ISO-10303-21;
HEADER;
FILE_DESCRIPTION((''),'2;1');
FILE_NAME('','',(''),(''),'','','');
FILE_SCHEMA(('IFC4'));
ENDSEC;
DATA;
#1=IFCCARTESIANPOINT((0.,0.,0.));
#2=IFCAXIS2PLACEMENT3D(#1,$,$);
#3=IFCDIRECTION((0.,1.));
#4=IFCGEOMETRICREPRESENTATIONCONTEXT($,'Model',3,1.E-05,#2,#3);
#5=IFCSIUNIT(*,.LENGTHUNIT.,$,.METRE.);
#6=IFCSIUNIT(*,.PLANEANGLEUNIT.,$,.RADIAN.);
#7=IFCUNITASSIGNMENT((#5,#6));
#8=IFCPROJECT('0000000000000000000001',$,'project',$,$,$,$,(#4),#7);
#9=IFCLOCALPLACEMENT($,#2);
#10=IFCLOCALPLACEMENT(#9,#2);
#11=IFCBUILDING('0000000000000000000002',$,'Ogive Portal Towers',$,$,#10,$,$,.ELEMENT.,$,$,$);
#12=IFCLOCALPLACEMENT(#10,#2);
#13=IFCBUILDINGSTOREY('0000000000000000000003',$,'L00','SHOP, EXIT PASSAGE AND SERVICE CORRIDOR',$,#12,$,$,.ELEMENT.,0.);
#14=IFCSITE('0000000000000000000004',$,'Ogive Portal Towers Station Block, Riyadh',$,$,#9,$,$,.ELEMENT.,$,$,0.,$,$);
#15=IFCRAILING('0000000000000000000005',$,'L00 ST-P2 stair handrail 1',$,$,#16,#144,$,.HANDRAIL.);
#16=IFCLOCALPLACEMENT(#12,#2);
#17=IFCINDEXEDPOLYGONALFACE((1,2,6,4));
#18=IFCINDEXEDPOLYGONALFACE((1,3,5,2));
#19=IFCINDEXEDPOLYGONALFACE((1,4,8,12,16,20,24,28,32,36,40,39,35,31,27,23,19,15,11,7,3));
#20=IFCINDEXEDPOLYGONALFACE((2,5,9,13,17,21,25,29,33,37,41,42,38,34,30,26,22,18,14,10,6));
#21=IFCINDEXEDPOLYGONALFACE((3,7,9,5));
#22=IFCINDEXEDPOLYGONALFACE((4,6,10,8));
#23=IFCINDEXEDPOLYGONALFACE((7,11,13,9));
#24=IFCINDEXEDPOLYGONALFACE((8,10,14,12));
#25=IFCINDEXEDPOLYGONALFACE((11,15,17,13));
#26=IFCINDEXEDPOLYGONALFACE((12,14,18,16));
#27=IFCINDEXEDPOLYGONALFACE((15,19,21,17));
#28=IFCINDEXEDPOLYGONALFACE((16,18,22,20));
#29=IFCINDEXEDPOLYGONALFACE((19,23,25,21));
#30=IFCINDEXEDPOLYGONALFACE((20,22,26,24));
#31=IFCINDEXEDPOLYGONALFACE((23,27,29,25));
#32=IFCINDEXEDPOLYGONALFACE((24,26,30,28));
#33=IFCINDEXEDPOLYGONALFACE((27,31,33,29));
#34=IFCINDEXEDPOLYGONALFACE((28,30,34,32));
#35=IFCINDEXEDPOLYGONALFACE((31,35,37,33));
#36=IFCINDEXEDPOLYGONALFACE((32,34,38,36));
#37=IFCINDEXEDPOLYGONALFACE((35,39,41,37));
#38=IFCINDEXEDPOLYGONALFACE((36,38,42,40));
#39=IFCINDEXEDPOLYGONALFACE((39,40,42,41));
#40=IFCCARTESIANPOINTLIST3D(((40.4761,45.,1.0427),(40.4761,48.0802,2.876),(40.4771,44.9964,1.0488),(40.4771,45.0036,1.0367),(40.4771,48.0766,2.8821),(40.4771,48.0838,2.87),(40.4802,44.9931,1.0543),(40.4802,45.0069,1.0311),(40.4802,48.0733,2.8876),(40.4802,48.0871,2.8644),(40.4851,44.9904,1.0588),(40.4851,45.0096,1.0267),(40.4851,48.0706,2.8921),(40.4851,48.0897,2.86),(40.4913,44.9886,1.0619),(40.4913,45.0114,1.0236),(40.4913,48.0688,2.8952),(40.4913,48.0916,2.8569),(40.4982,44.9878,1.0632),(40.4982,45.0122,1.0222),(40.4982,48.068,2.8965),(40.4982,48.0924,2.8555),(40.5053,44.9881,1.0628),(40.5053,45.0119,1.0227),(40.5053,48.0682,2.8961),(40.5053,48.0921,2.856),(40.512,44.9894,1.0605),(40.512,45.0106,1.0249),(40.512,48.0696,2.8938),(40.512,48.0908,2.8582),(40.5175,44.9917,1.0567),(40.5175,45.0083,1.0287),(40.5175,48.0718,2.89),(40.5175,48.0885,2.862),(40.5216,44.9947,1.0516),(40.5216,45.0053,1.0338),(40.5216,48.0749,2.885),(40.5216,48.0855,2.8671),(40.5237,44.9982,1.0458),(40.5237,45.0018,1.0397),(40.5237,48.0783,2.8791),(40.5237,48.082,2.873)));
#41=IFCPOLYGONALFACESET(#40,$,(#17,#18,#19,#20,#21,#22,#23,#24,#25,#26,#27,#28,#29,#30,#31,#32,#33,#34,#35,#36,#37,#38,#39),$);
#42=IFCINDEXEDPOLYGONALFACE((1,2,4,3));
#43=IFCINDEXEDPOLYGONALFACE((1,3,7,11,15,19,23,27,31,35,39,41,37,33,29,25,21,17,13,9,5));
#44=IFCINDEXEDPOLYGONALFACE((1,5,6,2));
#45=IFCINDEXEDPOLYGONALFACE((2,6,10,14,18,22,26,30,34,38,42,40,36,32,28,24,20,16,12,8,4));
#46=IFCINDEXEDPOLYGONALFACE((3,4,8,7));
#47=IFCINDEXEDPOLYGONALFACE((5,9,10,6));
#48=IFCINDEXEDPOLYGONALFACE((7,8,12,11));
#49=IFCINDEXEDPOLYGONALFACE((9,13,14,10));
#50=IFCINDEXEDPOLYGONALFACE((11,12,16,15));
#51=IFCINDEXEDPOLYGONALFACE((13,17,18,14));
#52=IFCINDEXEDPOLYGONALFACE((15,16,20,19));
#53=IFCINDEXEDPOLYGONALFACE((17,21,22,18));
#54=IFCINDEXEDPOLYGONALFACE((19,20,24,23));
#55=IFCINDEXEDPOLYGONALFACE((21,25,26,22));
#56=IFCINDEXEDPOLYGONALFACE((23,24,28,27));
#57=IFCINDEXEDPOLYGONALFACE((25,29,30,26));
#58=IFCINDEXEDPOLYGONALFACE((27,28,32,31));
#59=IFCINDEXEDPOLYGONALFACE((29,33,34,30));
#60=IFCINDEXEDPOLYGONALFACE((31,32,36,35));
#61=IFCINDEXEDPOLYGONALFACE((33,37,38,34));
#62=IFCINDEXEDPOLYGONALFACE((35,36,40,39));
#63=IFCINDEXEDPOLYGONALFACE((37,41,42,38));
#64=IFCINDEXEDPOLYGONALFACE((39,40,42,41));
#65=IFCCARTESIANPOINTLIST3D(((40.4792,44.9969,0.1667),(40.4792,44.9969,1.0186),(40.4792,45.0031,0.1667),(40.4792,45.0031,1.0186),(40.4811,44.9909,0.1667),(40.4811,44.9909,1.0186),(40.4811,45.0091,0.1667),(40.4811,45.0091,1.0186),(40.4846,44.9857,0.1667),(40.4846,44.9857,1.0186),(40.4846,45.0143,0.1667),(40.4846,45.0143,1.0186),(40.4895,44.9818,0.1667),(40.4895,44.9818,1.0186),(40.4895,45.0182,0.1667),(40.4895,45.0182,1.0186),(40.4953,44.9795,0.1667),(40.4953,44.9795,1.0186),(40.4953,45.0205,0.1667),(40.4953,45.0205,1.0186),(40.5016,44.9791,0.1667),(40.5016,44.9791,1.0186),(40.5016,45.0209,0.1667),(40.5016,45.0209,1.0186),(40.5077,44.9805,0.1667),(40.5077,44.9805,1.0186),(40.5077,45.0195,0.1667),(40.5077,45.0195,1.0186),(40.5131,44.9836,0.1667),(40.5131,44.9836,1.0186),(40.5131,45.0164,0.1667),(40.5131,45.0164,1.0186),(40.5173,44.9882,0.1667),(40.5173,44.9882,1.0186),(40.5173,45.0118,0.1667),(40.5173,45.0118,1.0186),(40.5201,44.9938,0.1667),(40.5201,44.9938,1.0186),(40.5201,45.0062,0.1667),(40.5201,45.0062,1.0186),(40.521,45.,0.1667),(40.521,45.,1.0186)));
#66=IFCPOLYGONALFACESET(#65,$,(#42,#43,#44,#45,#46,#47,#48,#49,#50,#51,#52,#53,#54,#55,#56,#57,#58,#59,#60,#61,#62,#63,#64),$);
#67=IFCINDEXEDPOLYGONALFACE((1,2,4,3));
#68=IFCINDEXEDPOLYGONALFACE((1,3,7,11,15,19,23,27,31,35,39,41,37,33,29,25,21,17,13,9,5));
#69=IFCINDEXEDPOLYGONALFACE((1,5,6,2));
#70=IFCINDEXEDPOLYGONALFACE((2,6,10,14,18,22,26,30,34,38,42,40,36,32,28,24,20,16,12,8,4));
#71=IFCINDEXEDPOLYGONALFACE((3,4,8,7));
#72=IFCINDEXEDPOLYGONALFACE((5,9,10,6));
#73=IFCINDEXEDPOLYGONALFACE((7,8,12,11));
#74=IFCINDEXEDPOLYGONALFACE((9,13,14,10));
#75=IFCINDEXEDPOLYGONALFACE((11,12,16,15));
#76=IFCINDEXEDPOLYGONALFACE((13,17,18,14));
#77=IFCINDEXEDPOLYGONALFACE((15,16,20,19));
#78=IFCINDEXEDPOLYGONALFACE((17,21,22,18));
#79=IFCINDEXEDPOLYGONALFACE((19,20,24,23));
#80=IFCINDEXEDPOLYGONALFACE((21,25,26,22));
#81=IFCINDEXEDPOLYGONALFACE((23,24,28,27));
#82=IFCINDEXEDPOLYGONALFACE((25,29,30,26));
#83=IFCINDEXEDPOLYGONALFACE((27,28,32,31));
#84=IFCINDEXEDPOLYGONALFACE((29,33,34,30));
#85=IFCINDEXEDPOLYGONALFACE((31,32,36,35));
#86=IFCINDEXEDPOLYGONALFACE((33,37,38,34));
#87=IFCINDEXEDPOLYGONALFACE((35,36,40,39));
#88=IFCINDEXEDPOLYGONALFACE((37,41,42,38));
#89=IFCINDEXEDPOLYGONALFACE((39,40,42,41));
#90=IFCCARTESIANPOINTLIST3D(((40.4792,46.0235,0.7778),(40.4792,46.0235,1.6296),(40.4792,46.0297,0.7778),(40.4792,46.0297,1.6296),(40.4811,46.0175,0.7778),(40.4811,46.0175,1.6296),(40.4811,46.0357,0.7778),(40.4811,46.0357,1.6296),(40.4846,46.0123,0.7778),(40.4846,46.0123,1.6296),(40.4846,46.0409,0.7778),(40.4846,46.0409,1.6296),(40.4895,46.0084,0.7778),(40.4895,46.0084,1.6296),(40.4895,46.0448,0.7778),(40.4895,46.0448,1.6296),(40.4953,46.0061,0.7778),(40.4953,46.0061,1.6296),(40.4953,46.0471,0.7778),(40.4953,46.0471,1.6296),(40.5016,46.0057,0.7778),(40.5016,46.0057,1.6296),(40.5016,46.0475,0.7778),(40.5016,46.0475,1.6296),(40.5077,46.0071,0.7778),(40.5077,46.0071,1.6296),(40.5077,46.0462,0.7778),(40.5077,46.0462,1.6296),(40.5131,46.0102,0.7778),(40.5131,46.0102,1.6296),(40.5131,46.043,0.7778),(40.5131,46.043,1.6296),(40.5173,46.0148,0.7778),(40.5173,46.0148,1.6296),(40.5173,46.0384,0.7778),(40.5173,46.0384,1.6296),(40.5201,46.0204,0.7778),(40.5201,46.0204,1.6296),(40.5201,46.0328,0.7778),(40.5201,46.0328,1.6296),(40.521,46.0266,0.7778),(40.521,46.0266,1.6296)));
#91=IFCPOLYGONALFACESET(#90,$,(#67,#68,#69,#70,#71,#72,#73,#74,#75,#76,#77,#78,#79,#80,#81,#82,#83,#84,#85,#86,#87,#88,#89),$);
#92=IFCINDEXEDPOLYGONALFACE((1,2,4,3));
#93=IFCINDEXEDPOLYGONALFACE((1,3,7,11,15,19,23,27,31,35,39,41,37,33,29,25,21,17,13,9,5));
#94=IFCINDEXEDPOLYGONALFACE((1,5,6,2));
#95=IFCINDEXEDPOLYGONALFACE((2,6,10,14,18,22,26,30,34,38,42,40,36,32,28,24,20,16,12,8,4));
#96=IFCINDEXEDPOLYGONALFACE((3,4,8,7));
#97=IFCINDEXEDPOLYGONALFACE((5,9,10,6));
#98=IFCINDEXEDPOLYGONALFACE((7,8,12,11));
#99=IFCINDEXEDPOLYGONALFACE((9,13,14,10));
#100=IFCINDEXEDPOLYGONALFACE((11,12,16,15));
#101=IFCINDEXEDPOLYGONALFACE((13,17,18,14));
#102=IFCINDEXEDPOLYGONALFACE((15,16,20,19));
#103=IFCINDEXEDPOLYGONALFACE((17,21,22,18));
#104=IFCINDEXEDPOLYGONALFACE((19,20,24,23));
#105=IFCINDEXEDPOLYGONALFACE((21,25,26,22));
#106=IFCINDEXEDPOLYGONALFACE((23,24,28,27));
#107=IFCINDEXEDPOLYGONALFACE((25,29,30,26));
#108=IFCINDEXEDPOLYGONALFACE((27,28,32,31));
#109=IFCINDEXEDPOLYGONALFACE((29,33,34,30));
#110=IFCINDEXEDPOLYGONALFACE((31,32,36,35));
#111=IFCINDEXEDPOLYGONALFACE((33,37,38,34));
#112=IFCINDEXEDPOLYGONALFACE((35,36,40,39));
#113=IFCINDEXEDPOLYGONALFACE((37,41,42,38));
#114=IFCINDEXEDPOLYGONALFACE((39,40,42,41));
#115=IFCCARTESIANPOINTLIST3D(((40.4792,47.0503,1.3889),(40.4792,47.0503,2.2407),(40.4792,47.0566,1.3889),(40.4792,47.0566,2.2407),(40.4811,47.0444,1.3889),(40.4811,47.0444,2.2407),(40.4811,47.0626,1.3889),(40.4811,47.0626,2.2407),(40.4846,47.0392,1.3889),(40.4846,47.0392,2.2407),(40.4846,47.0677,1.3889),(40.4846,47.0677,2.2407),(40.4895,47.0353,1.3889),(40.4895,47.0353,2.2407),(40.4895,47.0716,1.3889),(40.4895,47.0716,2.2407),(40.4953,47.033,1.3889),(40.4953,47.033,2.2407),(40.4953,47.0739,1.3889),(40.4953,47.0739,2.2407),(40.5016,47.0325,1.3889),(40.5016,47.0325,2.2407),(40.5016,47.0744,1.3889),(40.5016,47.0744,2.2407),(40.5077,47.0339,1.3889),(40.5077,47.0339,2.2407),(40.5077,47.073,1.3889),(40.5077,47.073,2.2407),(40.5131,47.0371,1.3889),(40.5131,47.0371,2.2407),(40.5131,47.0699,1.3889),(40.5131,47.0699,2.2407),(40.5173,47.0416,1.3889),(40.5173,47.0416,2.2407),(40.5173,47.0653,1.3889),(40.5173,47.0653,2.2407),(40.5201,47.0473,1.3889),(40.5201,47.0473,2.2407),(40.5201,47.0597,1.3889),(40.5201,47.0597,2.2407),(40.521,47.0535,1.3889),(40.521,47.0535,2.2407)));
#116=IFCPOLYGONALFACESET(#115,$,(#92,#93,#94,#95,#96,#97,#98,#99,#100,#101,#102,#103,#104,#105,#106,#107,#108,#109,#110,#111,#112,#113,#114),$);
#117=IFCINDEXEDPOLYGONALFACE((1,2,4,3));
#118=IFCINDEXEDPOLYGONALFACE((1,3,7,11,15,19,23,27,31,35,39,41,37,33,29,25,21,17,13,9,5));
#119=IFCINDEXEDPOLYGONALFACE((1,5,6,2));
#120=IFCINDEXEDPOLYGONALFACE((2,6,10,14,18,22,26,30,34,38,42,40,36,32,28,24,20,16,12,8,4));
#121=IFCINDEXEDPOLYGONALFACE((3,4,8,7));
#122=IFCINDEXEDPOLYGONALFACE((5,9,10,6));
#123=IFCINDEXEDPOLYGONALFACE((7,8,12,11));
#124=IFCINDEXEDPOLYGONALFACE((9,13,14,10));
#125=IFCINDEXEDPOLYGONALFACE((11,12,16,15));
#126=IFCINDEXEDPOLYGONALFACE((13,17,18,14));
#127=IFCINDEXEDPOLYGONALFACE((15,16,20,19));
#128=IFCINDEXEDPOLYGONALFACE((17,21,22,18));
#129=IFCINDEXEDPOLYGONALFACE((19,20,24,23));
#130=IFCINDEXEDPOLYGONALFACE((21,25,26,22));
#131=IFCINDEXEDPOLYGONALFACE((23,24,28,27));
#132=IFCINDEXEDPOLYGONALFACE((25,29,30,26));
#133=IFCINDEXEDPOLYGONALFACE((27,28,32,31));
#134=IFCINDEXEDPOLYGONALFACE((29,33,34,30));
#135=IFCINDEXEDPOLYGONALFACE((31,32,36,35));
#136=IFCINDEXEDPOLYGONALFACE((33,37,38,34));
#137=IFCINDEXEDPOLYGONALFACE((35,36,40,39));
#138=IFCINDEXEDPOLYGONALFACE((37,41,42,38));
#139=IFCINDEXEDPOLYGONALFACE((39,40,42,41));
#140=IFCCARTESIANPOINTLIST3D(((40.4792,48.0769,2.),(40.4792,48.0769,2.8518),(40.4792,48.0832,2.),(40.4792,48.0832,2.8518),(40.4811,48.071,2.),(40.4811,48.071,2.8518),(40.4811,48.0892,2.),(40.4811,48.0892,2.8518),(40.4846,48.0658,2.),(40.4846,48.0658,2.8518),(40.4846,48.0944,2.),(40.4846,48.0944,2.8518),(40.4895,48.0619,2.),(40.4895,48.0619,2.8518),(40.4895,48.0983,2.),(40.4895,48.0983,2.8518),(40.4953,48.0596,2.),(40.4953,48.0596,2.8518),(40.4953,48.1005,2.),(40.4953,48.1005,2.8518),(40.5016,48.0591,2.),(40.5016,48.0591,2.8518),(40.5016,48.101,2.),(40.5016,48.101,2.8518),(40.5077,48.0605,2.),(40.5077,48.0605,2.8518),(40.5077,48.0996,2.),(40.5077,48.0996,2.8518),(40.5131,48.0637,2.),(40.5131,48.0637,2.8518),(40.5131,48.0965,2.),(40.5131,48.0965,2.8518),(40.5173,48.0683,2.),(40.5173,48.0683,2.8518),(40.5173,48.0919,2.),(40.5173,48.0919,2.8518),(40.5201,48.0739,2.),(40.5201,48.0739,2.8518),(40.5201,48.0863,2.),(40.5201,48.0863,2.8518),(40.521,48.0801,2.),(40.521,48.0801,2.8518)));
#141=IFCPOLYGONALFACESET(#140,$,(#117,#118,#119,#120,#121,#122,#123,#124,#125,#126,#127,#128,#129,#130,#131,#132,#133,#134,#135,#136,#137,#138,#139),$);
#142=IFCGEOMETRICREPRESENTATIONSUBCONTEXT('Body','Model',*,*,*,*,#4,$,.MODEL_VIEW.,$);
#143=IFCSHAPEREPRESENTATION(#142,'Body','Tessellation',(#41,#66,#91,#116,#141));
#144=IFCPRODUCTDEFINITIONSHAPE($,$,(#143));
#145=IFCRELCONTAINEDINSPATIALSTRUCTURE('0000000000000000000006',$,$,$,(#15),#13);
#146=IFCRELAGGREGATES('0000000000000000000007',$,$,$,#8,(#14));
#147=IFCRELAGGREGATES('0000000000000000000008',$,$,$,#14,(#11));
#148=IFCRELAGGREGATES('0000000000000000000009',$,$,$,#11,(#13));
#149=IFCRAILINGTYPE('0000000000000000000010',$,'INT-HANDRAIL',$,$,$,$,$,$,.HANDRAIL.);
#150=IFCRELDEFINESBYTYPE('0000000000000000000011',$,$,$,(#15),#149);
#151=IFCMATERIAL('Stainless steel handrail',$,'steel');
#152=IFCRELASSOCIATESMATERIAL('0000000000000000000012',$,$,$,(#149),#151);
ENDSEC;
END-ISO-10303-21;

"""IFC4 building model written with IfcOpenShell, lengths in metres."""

from ifc_helpers import new_model, si_unit, direction, frame, origin, origin_2d, place, context, subcontext, project, spatial, circle, extrude, material, type_object, element, save


model = new_model("IFC4")

# Units and contexts
model_context = context("Model", 3, precision=1e-05, world=origin(), true_north=direction((0.0, 1.0)))
body_context = subcontext(model_context, "Body", "Model", "MODEL_VIEW")
ifc_project = project(units=[si_unit("LENGTHUNIT", "METRE"), si_unit("PLANEANGLEUNIT", "RADIAN")], contexts=[model_context])

# Site, building, storey
site_placement = place(None, origin())
site = spatial("IfcSite", under=ifc_project, at=site_placement, Name="Ogive Portal Towers Station Block, Riyadh", CompositionType="ELEMENT", RefElevation=0.0)
building_placement = place(site_placement, origin())
building = spatial("IfcBuilding", under=site, at=building_placement, Name="Ogive Portal Towers", CompositionType="ELEMENT")
storey_placement = place(building_placement, origin())
storey = spatial("IfcBuildingStorey", under=building, at=storey_placement, Name="L00", Description="SHOP, EXIT PASSAGE AND SERVICE CORRIDOR", CompositionType="ELEMENT", Elevation=0.0)

# Railing
ifc_material_1 = material(Name="Stainless steel handrail", Category="steel")
railing_type_1 = type_object("IfcRailingType", Name="INT-HANDRAIL", PredefinedType="HANDRAIL", material=ifc_material_1)
railing_1_placement = place(storey_placement, frame((40.5, 45.0, 0.1667)))
element("IfcRailing", 1, at=railing_1_placement, inside=storey, type_object=railing_type_1, Name="L00 ST-P2 stair handrail 1", PredefinedType="HANDRAIL", context=body_context, shape_type="SweptSolid", body=[
    extrude(circle(Radius=0.0239, at=origin_2d()), frame((0.0, 0.0, 0.876), z_axis=(0.0, 0.859309, 0.511458), x_axis=(-1.0, 0.0, 0.0)), (0.0, 0.0, 1.0), 3.5845),
    extrude(circle(Radius=0.021, at=origin_2d()), origin(), (0.0, 0.0, 1.0), 0.8518),
    extrude(circle(Radius=0.021, at=origin_2d()), frame((0.0, 1.0266, 0.6111)), (0.0, 0.0, 1.0), 0.8518),
    extrude(circle(Radius=0.021, at=origin_2d()), frame((0.0, 2.0535, 1.2222)), (0.0, 0.0, 1.0), 0.8518),
    extrude(circle(Radius=0.021, at=origin_2d()), frame((0.0, 3.0801, 1.8333)), (0.0, 0.0, 1.0), 0.8518),
])

save(model, "model.ifc")
